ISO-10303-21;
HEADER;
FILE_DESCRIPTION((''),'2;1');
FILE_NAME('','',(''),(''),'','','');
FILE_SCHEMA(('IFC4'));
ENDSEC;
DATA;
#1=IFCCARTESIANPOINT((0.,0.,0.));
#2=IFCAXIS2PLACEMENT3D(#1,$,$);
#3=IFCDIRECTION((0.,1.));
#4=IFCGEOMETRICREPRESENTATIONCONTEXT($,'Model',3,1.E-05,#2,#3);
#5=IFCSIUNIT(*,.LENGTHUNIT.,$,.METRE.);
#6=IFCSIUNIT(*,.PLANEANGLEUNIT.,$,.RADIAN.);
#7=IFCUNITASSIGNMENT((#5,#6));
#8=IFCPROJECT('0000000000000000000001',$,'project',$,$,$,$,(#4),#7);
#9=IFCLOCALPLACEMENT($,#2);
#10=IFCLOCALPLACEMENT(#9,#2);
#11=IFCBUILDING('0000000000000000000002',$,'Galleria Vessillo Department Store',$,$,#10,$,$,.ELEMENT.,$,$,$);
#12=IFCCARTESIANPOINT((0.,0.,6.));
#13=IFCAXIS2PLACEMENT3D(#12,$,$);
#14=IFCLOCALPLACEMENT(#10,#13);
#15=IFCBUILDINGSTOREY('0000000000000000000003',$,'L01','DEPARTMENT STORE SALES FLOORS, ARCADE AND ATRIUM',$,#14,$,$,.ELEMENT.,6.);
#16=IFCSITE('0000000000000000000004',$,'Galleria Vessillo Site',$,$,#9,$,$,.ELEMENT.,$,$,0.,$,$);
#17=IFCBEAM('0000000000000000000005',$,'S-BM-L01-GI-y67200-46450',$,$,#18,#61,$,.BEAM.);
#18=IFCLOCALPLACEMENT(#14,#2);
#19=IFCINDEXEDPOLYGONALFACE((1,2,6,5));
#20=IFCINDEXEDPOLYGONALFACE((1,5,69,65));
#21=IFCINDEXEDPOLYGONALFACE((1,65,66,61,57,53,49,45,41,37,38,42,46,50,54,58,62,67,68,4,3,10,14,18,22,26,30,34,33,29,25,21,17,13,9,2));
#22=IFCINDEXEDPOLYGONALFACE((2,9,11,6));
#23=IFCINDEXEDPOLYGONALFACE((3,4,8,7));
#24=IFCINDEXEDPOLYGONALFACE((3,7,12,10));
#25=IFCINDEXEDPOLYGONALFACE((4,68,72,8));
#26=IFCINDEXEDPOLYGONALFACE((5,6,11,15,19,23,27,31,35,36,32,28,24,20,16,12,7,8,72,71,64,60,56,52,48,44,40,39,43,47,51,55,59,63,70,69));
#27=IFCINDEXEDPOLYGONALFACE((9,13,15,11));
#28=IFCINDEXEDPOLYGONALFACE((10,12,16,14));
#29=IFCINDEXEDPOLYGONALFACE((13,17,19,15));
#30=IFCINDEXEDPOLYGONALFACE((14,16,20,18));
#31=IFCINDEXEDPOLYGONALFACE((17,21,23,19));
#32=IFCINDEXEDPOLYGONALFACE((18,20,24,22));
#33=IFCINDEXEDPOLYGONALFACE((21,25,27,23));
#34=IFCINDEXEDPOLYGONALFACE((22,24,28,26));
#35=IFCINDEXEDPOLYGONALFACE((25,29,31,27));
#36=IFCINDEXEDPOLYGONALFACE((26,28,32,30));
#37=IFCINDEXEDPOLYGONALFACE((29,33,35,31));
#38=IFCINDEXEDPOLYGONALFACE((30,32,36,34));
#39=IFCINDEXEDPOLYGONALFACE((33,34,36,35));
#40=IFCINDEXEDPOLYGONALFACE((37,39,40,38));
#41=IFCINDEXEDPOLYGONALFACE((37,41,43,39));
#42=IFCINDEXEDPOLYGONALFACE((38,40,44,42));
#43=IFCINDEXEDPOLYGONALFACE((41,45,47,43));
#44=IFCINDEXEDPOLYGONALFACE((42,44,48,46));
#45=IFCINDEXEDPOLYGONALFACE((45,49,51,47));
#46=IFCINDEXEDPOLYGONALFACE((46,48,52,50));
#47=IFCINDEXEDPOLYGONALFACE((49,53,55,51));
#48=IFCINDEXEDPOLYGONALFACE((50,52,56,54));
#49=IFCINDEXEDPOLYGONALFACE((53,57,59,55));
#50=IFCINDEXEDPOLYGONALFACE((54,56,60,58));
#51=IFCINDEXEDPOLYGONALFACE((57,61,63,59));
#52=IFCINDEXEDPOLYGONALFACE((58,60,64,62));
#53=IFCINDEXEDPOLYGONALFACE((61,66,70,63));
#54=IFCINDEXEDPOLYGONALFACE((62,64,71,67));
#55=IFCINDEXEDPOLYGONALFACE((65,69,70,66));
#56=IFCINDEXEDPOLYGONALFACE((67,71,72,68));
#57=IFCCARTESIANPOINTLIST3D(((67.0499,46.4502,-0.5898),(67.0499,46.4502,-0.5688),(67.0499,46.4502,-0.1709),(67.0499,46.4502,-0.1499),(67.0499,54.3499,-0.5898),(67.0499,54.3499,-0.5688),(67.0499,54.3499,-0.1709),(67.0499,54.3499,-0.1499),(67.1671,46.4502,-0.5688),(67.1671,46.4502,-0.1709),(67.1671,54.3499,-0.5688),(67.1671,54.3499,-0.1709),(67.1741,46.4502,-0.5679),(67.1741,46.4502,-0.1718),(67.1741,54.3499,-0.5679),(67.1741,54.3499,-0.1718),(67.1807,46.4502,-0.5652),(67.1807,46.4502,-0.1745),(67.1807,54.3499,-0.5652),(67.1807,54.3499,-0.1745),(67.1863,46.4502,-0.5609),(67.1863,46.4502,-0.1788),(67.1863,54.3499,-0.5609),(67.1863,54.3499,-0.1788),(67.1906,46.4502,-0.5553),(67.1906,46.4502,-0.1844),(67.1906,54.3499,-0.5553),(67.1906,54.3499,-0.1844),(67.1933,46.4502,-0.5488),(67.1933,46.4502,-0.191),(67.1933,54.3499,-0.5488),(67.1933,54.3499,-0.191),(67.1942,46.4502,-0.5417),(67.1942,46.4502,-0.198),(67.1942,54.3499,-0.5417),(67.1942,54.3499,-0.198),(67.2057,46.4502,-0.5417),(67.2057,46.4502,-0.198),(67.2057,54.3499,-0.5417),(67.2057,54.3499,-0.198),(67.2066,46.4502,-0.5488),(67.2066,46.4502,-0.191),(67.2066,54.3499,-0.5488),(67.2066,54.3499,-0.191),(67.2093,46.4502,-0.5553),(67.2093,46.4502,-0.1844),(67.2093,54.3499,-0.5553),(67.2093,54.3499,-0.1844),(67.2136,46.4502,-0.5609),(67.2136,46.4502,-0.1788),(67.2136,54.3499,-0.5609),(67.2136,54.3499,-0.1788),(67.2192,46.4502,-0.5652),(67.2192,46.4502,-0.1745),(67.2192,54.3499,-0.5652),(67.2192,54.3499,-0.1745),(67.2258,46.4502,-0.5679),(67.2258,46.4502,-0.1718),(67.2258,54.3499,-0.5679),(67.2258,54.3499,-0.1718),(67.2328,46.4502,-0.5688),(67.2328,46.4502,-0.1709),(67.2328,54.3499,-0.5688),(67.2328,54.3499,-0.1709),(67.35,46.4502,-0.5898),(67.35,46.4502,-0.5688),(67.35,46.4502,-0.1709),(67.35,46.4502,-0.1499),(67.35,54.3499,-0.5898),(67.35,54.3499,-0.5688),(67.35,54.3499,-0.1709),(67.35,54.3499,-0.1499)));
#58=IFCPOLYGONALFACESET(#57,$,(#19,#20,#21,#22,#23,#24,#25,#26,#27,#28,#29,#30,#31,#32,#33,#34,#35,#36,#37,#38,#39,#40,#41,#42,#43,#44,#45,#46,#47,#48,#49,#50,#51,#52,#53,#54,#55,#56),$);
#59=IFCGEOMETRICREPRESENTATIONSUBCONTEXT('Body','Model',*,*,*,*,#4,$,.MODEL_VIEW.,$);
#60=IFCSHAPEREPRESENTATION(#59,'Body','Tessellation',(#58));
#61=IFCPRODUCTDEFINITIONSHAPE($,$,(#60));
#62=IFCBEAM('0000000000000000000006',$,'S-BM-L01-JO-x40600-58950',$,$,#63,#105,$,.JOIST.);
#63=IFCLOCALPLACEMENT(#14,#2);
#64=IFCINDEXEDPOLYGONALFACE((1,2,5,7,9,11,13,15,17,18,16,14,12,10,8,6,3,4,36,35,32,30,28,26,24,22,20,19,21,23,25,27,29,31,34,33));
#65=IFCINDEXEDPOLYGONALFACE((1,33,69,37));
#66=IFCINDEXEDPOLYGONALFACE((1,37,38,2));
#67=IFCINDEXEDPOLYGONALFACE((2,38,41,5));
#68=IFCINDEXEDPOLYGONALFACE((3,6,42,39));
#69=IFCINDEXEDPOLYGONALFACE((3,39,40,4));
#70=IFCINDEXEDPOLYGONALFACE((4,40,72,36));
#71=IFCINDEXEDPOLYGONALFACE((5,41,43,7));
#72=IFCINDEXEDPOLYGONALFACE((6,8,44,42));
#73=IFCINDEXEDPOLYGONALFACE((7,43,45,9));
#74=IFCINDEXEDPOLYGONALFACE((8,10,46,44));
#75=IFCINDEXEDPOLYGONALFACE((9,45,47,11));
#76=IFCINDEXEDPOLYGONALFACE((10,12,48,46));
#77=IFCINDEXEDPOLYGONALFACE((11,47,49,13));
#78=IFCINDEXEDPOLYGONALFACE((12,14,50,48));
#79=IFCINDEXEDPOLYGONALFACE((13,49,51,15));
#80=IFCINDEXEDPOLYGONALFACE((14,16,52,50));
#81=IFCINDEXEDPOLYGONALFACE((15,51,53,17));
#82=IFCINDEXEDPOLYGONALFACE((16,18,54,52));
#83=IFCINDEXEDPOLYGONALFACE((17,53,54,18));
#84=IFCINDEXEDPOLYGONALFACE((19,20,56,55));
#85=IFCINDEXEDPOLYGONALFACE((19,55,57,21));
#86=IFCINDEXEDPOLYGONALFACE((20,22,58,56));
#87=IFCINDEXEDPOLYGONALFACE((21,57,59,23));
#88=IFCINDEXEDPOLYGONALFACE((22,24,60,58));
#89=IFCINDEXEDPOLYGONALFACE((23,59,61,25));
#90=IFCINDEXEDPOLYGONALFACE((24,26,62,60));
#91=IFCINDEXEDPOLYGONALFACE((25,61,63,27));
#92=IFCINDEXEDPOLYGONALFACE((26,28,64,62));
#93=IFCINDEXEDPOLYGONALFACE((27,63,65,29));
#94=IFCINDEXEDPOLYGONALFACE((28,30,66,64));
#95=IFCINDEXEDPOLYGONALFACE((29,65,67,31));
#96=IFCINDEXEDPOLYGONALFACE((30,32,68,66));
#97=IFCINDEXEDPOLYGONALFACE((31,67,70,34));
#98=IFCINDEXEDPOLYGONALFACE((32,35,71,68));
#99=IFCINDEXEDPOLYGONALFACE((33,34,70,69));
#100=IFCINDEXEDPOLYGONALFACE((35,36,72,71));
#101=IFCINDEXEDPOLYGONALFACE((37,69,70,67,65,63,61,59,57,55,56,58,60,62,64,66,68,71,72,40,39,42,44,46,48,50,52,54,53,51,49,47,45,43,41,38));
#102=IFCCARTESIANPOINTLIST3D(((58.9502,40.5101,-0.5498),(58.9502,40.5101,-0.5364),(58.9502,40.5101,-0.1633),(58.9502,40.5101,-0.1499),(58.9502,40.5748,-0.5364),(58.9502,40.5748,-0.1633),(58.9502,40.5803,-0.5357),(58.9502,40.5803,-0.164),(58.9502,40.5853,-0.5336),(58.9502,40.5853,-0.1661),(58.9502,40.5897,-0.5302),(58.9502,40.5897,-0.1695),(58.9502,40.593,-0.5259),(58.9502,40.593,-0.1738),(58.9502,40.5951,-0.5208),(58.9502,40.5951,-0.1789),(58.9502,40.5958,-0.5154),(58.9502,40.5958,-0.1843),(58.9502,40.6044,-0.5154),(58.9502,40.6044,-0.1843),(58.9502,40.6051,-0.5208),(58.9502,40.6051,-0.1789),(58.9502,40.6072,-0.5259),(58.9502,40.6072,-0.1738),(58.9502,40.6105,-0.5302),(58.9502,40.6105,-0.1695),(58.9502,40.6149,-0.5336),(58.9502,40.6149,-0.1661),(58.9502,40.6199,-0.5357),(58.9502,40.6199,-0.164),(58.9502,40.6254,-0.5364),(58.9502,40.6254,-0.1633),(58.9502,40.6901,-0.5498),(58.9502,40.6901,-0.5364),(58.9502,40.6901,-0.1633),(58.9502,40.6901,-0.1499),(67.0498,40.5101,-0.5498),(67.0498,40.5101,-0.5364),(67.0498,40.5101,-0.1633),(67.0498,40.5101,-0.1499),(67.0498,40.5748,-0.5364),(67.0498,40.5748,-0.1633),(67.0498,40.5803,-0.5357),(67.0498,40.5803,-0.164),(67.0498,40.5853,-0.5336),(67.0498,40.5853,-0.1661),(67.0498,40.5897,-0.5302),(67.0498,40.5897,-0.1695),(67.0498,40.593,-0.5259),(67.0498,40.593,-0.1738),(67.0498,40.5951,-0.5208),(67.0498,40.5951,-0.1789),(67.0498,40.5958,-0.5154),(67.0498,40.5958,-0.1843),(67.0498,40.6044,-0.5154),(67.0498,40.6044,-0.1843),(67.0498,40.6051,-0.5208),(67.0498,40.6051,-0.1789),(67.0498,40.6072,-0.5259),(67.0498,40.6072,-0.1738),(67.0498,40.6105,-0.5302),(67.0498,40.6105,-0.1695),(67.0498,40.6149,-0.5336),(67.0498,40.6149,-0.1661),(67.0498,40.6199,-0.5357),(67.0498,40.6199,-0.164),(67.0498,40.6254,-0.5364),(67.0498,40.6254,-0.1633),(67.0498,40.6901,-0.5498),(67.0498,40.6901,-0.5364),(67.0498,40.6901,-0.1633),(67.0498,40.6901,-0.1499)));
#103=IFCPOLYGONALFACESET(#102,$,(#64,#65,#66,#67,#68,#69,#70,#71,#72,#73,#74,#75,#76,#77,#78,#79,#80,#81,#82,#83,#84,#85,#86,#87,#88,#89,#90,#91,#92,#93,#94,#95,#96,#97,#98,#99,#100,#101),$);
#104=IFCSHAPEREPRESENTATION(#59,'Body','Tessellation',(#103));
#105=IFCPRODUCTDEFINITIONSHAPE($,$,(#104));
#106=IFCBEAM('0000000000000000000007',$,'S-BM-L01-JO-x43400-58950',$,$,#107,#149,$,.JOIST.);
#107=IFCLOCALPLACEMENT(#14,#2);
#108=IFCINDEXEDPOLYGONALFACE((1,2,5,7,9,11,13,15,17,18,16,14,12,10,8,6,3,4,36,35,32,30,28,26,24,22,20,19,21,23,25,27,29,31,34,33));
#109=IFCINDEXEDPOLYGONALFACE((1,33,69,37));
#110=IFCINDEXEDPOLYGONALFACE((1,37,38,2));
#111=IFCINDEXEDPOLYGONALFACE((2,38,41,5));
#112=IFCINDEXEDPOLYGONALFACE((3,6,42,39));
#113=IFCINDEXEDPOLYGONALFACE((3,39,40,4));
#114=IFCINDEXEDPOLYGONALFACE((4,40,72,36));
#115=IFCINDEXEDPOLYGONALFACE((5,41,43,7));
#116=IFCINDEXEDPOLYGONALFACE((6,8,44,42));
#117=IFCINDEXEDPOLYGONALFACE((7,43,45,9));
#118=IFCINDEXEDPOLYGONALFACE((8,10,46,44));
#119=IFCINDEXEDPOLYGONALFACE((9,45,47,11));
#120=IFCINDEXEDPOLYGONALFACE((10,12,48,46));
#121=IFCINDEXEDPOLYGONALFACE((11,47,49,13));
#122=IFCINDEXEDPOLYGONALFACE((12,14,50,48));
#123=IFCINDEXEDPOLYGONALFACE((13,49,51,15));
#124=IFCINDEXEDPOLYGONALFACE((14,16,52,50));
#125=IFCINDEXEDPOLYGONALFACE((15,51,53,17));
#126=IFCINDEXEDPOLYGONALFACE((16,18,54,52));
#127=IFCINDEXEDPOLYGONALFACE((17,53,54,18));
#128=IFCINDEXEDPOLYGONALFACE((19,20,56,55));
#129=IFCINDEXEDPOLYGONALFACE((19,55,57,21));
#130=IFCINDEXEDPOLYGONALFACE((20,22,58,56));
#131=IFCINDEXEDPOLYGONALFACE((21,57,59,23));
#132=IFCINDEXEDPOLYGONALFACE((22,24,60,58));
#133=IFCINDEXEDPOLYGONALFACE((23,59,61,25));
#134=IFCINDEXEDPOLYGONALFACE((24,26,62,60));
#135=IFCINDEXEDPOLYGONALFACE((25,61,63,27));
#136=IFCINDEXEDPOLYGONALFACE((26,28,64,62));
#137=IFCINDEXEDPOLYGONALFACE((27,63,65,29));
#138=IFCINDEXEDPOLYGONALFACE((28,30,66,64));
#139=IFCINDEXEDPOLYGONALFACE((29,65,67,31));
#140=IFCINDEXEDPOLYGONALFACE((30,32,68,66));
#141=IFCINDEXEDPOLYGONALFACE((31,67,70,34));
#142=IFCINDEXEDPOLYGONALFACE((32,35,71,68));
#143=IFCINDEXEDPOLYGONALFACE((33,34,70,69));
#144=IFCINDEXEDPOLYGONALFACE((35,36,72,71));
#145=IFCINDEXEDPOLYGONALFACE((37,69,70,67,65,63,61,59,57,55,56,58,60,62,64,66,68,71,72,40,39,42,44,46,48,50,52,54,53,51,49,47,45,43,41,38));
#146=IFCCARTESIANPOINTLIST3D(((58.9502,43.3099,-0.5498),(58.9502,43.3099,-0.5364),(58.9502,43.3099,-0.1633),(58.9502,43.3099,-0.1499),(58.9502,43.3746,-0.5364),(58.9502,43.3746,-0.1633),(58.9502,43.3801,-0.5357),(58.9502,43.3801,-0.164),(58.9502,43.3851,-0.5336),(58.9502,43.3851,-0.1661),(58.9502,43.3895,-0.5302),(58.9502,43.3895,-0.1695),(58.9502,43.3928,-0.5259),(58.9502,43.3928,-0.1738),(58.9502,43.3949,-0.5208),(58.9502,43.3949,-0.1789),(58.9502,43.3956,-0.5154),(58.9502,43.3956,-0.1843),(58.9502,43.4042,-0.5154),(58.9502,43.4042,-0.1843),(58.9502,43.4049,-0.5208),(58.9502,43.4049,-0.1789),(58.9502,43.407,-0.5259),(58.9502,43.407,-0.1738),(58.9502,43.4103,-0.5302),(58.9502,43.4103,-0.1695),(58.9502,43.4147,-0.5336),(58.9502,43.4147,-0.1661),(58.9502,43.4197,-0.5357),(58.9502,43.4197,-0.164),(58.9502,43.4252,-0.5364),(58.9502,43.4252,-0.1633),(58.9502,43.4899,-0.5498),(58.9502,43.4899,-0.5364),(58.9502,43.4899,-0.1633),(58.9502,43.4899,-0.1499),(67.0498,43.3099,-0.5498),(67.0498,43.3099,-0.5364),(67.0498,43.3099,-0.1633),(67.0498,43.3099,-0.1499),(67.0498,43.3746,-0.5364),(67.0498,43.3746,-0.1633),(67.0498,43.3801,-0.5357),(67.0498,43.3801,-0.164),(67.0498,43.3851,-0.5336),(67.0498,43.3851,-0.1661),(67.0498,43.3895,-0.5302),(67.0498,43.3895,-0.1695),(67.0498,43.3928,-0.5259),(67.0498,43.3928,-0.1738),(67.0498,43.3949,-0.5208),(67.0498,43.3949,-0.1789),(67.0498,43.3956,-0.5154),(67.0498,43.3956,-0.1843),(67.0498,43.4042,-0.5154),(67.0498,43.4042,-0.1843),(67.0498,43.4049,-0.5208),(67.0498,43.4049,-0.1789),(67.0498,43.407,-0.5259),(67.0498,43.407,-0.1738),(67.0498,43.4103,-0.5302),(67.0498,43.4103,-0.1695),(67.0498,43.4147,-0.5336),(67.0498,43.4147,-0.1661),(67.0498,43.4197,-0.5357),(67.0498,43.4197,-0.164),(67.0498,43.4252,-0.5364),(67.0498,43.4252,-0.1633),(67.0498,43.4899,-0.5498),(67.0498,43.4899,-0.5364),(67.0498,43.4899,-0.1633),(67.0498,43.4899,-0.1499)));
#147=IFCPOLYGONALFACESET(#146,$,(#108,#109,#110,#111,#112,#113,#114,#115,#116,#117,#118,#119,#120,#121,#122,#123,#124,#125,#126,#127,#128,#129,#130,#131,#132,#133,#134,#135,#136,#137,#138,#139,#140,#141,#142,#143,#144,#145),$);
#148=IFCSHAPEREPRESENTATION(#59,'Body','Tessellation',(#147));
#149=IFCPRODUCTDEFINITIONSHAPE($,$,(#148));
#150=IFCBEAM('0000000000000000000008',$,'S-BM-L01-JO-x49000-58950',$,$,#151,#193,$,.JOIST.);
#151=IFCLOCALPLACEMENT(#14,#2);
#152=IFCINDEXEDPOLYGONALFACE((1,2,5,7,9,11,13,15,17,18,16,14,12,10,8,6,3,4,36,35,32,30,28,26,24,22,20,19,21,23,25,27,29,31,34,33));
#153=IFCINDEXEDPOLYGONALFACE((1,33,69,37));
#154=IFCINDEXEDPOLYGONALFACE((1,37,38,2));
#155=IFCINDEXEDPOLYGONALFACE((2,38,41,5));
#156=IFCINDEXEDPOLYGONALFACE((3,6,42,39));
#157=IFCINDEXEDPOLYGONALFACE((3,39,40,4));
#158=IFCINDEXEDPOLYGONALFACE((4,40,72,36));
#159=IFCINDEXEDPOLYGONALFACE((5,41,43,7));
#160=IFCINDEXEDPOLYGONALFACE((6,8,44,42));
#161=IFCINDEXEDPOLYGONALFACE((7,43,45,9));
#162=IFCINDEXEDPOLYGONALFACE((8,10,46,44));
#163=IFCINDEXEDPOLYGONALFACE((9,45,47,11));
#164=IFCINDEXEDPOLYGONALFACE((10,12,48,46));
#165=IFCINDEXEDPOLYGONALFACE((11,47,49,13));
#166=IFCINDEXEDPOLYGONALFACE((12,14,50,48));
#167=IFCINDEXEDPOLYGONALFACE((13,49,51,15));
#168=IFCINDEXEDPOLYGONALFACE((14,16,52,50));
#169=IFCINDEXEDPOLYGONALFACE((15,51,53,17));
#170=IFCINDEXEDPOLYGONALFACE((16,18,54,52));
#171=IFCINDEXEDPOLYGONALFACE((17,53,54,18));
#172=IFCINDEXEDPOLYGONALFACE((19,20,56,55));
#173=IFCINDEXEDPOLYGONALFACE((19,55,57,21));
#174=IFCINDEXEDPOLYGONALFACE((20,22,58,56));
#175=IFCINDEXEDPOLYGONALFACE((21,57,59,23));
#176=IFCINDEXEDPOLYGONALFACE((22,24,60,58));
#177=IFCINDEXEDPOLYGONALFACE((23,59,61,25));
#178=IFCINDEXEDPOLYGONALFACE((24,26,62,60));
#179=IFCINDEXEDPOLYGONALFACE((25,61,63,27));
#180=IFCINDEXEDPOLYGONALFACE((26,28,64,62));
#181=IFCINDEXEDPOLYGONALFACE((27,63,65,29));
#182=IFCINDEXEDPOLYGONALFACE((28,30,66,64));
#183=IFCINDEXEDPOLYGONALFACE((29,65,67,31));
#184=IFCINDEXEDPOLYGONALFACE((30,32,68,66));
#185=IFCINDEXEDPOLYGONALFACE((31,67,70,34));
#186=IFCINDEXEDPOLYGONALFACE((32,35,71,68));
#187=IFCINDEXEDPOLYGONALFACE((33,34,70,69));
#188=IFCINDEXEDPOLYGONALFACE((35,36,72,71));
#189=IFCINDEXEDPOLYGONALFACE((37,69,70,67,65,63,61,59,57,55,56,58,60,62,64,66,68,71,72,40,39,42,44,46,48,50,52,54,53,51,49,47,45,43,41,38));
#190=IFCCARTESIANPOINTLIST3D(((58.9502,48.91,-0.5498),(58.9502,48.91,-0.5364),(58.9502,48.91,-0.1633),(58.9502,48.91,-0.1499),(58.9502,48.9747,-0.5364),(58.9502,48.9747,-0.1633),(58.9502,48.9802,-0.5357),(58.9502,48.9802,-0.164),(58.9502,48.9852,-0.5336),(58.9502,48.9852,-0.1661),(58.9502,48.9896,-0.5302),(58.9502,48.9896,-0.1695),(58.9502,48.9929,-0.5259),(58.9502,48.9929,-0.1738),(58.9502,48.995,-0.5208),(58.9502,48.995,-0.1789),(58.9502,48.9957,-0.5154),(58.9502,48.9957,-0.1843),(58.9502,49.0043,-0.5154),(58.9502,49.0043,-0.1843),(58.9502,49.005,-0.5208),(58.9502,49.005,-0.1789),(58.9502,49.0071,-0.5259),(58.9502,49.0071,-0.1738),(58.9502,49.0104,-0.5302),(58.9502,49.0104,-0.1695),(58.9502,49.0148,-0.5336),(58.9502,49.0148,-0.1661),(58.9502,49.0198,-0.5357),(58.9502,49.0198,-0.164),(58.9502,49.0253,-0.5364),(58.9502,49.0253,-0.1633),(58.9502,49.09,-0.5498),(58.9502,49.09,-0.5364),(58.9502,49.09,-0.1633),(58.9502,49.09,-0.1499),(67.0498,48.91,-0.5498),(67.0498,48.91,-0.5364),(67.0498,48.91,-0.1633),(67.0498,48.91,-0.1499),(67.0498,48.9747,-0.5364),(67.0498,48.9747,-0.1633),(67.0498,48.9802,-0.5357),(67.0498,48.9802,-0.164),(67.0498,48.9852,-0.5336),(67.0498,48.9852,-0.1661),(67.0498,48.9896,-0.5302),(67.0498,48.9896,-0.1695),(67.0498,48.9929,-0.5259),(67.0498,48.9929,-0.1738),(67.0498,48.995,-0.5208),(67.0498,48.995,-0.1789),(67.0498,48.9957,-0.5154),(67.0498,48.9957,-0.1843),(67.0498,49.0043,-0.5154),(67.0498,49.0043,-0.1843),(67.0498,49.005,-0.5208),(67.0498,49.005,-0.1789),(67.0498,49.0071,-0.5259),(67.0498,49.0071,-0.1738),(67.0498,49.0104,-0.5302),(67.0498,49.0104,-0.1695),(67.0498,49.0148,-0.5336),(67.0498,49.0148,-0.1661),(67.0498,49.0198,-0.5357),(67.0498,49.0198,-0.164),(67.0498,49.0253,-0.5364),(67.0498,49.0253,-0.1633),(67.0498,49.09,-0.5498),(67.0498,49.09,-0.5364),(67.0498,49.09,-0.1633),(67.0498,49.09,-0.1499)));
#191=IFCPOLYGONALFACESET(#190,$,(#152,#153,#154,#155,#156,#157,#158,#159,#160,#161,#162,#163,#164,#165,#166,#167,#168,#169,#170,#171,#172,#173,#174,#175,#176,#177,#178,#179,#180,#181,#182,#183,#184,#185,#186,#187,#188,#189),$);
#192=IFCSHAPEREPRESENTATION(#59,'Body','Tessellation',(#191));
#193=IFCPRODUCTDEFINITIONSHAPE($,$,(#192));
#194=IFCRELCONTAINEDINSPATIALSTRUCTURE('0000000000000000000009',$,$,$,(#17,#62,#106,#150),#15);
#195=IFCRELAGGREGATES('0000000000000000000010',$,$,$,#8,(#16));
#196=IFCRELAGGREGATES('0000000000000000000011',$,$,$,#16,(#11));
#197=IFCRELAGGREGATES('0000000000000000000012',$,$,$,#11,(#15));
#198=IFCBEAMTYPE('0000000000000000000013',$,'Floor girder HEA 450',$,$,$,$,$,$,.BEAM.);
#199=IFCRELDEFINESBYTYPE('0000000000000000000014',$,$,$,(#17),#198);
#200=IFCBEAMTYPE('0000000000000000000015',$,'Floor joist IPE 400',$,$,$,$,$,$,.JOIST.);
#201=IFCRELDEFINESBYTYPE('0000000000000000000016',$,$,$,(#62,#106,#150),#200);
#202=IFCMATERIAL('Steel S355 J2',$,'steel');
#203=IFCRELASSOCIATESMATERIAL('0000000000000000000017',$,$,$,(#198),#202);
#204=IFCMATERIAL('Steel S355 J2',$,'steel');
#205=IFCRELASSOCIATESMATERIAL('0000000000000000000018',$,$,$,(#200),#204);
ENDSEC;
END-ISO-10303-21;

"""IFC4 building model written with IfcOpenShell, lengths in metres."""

from ifc_helpers import new_model, si_unit, direction, frame, origin, origin_2d, place, context, subcontext, project, spatial, i_section, extrude, material, material_profile, profile_set, type_object, element, save


model = new_model("IFC4")

# Units and contexts
model_context = context("Model", 3, precision=1e-05, world=origin(), true_north=direction((0.0, 1.0)))
body_context = subcontext(model_context, "Body", "Model", "MODEL_VIEW")
ifc_project = project(units=[si_unit("LENGTHUNIT", "METRE"), si_unit("PLANEANGLEUNIT", "RADIAN")], contexts=[model_context])

# Site, building, storey
site_placement = place(None, origin())
site = spatial("IfcSite", under=ifc_project, at=site_placement, Name="Galleria Vessillo Site", CompositionType="ELEMENT", RefElevation=0.0)
building_placement = place(site_placement, origin())
building = spatial("IfcBuilding", under=site, at=building_placement, Name="Galleria Vessillo Department Store", CompositionType="ELEMENT")
storey_placement = place(building_placement, frame((0.0, 0.0, 6.0)))
storey = spatial("IfcBuildingStorey", under=building, at=storey_placement, Name="L01", Description="DEPARTMENT STORE SALES FLOORS, ARCADE AND ATRIUM", CompositionType="ELEMENT", Elevation=6.0)

# Beams
ifc_material_1 = material(Name="Steel S355 J2", Category="steel")
ifc_material_profile_1 = material_profile(ifc_material_1, i_section(OverallWidth=0.3, OverallDepth=0.4399, WebThickness=0.0115, FlangeThickness=0.021, FilletRadius=0.0271, at=origin_2d()), Name="HEA 450")
ifc_profile_set_1 = profile_set([ifc_material_profile_1], Name="Steel S355 J2")
beam_type_1 = type_object("IfcBeamType", Name="Floor girder HEA 450", PredefinedType="BEAM", material=ifc_profile_set_1)
beam_1_placement = place(storey_placement, frame((67.2, 46.4502, -0.3699), z_axis=(0.0, 1.0, 0.0), x_axis=(-1.0, 0.0, 0.0)))
element("IfcBeam", 1, at=beam_1_placement, inside=storey, type_object=beam_type_1, Name="S-BM-L01-GI-y67200-46450", PredefinedType="BEAM", context=body_context, shape_type="SweptSolid", body=[
    extrude(i_section(OverallWidth=0.3, OverallDepth=0.4399, WebThickness=0.0115, FlangeThickness=0.021, FilletRadius=0.0271, at=origin_2d()), origin(), (0.0, 0.0, 1.0), 7.8997),
])
ifc_material_2 = material(Name="Steel S355 J2", Category="steel")
ifc_material_profile_2 = material_profile(ifc_material_2, i_section(OverallWidth=0.1799, OverallDepth=0.3999, WebThickness=0.0085, FlangeThickness=0.0134, FilletRadius=0.021, at=origin_2d()), Name="IPE 400")
ifc_profile_set_2 = profile_set([ifc_material_profile_2], Name="Steel S355 J2")
beam_type_2 = type_object("IfcBeamType", Name="Floor joist IPE 400", PredefinedType="JOIST", material=ifc_profile_set_2)
for number, where, z_axis, x_axis, name in (
    (2, (58.9502, 40.6001, -0.3499), (1.0, 0.0, 0.0), (0.0, 1.0, 0.0), "S-BM-L01-JO-x40600-58950"),
    (3, (58.9502, 43.3999, -0.3499), (1.0, 0.0, 0.0), (0.0, 1.0, 0.0), "S-BM-L01-JO-x43400-58950"),
    (4, (58.9502, 49.0, -0.3499), (1.0, 0.0, 0.0), (0.0, 1.0, 0.0), "S-BM-L01-JO-x49000-58950"),
):
    element("IfcBeam", number, at=place(storey_placement, frame(where, z_axis=z_axis, x_axis=x_axis)), inside=storey, type_object=beam_type_2, Name=name, PredefinedType="JOIST", context=body_context, shape_type="SweptSolid", body=[
        extrude(i_section(OverallWidth=0.1799, OverallDepth=0.3999, WebThickness=0.0085, FlangeThickness=0.0134, FilletRadius=0.021, at=origin_2d()), origin(), (0.0, 0.0, 1.0), 8.0996),
    ])

save(model, "model.ifc")
